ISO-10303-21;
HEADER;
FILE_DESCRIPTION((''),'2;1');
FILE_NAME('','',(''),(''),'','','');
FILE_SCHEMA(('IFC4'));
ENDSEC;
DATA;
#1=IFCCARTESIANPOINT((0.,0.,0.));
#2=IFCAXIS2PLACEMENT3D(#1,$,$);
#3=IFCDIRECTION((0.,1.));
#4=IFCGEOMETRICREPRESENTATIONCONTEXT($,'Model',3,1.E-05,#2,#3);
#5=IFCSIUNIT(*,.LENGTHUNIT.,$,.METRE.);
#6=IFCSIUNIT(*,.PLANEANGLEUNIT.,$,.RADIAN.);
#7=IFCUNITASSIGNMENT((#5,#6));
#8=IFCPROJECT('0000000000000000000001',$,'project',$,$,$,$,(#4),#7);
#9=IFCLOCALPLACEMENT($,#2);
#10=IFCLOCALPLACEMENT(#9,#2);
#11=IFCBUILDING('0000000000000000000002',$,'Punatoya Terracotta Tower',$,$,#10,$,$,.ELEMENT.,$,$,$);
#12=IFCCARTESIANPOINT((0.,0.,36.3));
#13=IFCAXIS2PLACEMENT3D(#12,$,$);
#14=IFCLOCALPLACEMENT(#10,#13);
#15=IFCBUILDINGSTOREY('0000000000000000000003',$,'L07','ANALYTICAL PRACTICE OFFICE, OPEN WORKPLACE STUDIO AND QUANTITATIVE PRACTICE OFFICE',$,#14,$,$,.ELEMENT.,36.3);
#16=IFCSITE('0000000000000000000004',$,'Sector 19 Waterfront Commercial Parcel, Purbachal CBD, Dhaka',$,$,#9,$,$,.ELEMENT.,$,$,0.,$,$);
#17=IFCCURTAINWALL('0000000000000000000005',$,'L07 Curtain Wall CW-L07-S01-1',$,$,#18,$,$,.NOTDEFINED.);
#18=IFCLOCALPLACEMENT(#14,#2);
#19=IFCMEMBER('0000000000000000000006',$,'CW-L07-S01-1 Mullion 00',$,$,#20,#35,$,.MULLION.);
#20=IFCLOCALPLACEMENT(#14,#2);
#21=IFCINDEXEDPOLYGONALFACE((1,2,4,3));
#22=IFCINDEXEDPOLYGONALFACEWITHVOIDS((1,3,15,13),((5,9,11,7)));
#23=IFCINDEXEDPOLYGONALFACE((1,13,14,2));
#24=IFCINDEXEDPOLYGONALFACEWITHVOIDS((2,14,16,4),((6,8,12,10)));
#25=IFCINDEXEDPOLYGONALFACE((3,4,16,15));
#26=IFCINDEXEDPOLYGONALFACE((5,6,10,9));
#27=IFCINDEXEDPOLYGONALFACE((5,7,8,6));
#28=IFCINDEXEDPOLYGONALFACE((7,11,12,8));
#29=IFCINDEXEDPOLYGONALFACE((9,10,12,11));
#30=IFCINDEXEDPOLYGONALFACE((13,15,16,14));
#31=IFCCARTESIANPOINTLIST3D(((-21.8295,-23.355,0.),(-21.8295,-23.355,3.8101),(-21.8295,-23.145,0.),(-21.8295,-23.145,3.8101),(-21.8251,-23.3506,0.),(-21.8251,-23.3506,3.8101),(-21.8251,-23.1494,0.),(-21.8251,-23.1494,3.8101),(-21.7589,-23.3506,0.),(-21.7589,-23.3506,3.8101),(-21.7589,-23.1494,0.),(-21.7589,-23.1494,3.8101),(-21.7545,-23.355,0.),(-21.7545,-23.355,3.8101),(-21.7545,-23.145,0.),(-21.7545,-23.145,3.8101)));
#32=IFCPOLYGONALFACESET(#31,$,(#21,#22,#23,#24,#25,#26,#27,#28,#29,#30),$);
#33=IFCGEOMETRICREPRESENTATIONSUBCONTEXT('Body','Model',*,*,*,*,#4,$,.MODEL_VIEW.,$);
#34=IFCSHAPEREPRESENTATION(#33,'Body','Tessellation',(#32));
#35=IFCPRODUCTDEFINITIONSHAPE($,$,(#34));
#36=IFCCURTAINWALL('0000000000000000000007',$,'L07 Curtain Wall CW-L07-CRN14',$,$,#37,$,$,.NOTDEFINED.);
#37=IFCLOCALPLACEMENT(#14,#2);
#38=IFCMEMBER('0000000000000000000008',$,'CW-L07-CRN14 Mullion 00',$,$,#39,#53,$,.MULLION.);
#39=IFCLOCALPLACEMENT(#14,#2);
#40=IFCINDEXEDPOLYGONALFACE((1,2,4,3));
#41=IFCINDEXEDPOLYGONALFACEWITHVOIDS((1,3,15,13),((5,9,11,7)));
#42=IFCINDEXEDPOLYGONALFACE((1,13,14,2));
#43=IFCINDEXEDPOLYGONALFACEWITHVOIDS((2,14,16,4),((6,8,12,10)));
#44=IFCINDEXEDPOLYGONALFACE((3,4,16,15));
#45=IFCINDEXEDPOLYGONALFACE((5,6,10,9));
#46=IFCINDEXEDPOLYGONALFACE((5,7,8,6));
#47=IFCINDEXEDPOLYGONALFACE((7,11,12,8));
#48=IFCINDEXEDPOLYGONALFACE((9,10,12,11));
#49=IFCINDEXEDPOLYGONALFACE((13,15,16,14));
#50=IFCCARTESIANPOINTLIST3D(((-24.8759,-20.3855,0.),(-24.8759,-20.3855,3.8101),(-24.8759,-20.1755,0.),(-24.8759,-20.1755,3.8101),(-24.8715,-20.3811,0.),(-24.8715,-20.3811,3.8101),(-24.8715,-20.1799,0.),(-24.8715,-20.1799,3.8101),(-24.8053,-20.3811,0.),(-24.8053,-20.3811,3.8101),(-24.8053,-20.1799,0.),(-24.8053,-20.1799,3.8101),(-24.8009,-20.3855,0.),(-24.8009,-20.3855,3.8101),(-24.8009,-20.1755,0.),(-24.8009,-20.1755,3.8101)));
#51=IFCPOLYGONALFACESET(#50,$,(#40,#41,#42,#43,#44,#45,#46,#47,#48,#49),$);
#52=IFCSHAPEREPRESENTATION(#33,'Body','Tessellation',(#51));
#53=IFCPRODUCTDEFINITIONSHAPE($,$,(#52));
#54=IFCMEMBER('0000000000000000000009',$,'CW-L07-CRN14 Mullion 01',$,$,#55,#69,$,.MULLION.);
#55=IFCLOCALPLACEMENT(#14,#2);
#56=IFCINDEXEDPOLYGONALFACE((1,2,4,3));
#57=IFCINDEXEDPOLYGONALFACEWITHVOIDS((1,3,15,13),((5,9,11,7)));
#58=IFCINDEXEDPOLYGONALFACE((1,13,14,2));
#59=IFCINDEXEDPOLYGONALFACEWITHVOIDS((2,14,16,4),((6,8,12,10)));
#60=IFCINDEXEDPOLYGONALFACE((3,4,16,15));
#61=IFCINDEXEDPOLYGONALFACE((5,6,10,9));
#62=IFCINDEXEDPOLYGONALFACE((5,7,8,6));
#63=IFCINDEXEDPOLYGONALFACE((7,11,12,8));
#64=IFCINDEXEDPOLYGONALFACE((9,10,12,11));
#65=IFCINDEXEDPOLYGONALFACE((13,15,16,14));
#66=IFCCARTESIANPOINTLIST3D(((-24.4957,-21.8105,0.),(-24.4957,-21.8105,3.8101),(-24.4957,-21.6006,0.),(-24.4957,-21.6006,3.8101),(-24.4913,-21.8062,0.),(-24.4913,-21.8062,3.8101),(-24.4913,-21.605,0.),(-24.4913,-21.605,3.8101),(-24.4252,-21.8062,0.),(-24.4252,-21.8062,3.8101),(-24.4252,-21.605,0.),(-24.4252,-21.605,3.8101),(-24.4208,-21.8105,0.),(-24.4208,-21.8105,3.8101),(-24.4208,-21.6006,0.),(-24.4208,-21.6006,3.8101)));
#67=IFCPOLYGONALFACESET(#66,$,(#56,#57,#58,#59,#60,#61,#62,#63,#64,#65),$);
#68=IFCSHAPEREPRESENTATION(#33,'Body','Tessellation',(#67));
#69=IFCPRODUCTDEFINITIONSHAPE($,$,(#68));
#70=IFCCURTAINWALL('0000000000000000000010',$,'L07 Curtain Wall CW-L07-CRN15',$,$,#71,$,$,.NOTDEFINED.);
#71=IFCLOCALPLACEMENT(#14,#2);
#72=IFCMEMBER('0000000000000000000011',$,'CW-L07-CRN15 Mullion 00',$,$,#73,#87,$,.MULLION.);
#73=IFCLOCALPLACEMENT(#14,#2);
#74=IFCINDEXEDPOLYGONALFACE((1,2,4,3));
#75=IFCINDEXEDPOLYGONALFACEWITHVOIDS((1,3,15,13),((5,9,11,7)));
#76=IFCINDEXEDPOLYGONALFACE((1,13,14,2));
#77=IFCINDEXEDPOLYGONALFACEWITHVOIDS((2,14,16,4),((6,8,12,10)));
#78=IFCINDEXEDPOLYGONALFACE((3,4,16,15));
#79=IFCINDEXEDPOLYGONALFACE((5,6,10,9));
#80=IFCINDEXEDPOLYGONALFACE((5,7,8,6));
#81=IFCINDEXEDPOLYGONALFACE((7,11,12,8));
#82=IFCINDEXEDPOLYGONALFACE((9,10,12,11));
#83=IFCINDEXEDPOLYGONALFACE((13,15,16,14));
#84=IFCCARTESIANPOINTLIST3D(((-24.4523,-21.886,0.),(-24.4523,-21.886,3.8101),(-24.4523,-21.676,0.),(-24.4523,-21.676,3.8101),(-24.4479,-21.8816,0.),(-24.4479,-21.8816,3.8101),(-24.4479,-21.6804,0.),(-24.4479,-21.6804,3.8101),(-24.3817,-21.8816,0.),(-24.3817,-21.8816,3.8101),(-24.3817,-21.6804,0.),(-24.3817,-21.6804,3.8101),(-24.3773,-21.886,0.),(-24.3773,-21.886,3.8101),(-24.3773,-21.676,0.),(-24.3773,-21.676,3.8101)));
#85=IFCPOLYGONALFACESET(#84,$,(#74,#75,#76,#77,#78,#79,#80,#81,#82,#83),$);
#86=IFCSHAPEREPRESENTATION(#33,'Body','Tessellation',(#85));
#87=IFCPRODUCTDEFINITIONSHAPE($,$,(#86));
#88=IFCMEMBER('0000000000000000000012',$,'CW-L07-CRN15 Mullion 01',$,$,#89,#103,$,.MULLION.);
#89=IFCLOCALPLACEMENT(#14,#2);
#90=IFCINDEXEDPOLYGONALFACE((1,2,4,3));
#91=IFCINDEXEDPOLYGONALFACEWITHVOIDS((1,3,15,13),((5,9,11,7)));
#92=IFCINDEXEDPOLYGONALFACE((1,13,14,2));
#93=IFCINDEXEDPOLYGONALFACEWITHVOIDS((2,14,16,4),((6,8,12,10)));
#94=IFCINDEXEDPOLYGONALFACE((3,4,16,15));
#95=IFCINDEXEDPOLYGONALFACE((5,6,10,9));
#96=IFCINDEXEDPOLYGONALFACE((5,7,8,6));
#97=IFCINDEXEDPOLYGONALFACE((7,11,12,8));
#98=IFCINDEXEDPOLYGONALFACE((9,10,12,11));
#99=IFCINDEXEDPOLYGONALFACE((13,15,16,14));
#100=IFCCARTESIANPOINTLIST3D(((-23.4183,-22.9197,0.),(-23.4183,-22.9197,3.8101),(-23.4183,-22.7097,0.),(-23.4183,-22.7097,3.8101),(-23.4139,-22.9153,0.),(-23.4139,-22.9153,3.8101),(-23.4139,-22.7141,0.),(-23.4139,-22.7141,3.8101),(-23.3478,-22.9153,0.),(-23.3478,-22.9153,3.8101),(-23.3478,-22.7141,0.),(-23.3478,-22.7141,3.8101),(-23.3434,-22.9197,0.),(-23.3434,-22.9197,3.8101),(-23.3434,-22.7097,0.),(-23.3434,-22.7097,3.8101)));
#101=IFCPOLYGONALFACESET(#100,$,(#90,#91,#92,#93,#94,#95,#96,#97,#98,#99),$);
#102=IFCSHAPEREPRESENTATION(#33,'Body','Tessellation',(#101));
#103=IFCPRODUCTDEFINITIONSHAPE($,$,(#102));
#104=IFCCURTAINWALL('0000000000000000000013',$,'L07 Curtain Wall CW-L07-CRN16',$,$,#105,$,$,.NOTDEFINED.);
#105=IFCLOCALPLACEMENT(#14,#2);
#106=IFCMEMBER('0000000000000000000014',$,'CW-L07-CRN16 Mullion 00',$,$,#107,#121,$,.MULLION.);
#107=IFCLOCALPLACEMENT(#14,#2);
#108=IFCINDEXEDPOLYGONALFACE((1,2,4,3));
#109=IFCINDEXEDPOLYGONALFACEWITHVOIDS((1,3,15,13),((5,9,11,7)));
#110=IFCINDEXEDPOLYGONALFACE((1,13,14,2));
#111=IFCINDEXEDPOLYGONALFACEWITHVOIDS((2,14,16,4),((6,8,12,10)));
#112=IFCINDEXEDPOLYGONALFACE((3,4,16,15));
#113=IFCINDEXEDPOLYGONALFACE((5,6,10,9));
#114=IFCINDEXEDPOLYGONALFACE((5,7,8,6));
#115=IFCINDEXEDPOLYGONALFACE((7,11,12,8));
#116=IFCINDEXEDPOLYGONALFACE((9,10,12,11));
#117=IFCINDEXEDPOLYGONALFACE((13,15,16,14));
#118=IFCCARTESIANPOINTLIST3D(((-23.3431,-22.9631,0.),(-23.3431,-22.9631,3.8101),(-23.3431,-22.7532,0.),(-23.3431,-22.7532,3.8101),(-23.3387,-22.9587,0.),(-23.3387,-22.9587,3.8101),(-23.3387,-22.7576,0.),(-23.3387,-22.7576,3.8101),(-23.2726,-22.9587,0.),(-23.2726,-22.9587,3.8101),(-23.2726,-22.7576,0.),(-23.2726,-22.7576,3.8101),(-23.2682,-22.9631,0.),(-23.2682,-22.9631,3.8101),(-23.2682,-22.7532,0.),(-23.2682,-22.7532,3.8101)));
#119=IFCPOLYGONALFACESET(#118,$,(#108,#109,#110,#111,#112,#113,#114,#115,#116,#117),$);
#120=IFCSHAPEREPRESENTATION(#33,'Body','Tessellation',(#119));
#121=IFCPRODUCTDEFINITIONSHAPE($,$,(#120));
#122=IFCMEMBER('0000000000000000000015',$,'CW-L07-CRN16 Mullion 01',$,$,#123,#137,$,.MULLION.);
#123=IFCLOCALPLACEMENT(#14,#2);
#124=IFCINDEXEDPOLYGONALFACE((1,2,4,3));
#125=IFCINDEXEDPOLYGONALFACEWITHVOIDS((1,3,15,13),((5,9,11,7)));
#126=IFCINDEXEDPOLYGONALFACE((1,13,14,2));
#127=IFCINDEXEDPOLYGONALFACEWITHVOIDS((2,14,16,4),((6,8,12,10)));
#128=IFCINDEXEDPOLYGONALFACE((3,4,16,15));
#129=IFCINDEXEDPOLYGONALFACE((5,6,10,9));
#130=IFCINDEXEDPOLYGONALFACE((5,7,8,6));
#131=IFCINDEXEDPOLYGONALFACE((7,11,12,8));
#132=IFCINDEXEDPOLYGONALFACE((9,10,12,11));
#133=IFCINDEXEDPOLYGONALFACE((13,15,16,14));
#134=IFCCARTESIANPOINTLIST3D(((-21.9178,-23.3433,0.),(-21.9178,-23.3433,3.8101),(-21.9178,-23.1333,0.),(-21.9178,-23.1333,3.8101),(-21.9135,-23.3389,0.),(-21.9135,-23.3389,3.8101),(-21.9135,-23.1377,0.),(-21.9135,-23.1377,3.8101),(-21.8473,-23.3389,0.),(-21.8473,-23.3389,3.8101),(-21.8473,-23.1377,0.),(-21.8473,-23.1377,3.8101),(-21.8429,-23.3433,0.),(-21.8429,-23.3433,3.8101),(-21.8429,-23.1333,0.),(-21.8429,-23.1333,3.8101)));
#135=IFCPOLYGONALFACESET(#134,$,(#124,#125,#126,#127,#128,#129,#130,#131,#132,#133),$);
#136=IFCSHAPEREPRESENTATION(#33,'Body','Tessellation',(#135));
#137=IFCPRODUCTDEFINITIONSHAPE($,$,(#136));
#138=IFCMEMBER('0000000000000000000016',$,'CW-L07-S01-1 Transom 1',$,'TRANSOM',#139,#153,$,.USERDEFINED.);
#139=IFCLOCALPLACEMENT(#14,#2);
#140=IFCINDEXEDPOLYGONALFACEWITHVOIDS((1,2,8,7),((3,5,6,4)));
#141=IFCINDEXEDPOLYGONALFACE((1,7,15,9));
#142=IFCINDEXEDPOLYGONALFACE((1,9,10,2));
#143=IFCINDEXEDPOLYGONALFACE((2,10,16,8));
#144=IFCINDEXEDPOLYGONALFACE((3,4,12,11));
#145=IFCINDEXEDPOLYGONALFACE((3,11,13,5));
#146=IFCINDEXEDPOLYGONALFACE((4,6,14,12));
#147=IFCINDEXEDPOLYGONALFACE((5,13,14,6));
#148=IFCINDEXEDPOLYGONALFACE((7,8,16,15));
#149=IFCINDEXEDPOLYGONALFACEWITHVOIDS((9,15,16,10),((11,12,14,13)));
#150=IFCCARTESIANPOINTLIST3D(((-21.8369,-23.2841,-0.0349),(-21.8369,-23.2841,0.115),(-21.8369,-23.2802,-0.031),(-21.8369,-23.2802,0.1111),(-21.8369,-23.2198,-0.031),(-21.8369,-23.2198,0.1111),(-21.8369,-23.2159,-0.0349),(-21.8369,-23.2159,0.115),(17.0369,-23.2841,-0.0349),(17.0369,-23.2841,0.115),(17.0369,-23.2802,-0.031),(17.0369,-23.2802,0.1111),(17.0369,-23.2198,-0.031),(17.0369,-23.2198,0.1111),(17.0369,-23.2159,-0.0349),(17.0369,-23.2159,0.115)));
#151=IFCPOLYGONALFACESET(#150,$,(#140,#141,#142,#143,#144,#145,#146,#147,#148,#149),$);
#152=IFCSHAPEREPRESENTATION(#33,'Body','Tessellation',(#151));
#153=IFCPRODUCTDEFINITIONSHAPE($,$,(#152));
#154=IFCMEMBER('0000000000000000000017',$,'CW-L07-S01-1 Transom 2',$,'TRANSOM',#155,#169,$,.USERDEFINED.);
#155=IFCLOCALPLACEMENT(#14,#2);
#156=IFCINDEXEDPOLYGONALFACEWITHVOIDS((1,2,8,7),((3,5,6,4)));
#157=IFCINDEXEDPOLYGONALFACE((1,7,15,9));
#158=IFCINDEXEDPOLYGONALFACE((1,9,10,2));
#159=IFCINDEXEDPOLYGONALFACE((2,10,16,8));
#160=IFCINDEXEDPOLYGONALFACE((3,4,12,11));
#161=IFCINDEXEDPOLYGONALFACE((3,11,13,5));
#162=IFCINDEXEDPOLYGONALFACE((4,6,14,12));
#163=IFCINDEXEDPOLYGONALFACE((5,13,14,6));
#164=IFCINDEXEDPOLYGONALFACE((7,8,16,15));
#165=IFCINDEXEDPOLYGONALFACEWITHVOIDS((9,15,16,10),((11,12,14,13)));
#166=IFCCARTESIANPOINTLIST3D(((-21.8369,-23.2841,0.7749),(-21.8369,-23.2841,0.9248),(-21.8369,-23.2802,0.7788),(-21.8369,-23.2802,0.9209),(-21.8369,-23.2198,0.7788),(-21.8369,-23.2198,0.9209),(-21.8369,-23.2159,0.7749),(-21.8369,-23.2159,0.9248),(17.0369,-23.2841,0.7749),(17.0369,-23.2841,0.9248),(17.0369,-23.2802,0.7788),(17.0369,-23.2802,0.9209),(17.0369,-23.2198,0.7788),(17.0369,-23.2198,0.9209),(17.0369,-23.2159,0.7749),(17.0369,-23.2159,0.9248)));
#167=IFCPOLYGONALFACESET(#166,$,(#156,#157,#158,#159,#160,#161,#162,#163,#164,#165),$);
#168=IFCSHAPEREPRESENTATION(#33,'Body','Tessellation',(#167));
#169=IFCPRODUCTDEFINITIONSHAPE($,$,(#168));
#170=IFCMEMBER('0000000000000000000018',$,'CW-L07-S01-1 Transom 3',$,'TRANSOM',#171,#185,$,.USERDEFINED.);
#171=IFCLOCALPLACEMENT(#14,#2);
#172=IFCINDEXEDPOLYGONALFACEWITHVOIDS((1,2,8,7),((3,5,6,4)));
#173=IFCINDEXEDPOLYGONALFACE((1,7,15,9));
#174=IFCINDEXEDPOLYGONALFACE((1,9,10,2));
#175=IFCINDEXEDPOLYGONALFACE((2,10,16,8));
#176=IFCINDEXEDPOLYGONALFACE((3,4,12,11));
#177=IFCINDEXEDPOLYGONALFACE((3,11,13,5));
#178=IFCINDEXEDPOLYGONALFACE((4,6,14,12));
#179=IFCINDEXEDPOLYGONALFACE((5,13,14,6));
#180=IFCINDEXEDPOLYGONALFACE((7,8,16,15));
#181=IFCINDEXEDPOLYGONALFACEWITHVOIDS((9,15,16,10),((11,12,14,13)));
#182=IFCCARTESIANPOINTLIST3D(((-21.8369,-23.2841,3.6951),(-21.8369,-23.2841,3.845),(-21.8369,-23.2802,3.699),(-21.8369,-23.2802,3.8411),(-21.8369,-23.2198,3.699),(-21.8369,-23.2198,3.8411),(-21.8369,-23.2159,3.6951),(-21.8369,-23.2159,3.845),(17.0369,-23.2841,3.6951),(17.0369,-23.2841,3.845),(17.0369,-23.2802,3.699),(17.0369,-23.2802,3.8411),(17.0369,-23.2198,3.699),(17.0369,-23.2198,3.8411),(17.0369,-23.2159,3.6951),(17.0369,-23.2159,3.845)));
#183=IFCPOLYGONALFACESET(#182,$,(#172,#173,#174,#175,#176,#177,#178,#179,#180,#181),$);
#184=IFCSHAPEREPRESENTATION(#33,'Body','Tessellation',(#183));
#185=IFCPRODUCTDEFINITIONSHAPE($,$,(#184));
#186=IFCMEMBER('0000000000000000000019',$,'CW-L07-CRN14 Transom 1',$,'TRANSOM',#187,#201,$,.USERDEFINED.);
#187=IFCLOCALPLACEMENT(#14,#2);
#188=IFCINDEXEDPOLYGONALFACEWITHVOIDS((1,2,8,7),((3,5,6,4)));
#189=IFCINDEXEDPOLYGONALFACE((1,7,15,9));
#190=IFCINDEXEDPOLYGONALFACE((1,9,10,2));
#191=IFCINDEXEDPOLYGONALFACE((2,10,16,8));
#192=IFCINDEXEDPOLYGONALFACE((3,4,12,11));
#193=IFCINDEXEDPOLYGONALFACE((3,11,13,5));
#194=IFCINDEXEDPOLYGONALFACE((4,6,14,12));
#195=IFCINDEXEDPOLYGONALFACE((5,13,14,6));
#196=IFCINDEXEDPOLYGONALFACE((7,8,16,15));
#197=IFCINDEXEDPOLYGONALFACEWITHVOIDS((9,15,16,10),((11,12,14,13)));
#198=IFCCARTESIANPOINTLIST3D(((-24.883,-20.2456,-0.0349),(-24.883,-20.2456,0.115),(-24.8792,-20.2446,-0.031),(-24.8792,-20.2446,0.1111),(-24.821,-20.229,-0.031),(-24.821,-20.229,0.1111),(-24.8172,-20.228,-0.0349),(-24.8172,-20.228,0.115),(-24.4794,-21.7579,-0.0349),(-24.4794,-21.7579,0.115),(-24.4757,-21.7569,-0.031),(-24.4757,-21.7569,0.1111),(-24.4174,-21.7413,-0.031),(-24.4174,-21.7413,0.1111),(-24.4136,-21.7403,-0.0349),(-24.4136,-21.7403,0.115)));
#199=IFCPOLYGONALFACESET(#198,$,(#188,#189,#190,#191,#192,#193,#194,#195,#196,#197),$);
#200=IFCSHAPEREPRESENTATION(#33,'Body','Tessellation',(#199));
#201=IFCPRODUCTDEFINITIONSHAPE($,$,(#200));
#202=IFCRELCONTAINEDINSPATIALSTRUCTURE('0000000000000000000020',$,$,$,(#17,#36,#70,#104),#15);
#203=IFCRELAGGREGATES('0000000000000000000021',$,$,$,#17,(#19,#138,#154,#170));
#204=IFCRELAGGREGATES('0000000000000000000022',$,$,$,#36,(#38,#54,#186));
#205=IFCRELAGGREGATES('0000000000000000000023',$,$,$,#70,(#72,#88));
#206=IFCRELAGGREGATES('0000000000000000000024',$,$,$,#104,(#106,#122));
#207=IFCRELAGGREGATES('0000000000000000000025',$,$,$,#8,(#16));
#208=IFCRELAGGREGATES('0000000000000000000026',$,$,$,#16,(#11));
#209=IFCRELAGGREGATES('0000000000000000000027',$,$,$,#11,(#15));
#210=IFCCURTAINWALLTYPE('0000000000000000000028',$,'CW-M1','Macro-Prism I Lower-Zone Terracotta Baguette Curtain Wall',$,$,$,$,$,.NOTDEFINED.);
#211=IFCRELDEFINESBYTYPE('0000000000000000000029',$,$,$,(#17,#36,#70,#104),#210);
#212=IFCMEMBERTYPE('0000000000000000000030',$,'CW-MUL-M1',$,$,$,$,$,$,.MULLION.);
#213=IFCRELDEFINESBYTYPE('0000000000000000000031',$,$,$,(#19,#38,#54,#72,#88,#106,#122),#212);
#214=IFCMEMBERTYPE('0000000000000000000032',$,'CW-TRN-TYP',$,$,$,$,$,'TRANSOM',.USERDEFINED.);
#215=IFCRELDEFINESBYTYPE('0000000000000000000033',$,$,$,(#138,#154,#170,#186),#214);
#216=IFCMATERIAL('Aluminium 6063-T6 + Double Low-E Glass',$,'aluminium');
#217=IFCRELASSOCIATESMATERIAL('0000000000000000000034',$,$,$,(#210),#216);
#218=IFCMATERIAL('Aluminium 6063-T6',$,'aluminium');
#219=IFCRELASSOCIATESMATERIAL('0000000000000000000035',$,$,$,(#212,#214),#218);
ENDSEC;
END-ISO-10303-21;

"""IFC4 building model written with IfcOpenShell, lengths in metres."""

from ifc_helpers import new_model, si_unit, direction, frame, origin, origin_2d, place, context, subcontext, project, spatial, hollow_rectangle, extrude, material, material_profile, profile_set, type_object, element, aggregate, save


model = new_model("IFC4")

# Units and contexts
model_context = context("Model", 3, precision=1e-05, world=origin(), true_north=direction((0.0, 1.0)))
body_context = subcontext(model_context, "Body", "Model", "MODEL_VIEW")
ifc_project = project(units=[si_unit("LENGTHUNIT", "METRE"), si_unit("PLANEANGLEUNIT", "RADIAN")], contexts=[model_context])

# Site, building, storey
site_placement = place(None, origin())
site = spatial("IfcSite", under=ifc_project, at=site_placement, Name="Sector 19 Waterfront Commercial Parcel, Purbachal CBD, Dhaka", CompositionType="ELEMENT", RefElevation=0.0)
building_placement = place(site_placement, origin())
building = spatial("IfcBuilding", under=site, at=building_placement, Name="Punatoya Terracotta Tower", CompositionType="ELEMENT")
storey_placement = place(building_placement, frame((0.0, 0.0, 36.3)))
storey = spatial("IfcBuildingStorey", under=building, at=storey_placement, Name="L07", Description="ANALYTICAL PRACTICE OFFICE, OPEN WORKPLACE STUDIO AND QUANTITATIVE PRACTICE OFFICE", CompositionType="ELEMENT", Elevation=36.3)

# Curtain wall, member
ifc_material_1 = material(Name="Aluminium 6063-T6 + Double Low-E Glass", Category="aluminium")
curtain_wall_type = type_object("IfcCurtainWallType", Name="CW-M1", Description="Macro-Prism I Lower-Zone Terracotta Baguette Curtain Wall", PredefinedType="NOTDEFINED", material=ifc_material_1)
curtain_wall_1_placement = place(storey_placement, origin())
curtain_wall_1 = element("IfcCurtainWall", 1, at=curtain_wall_1_placement, inside=storey, type_object=curtain_wall_type, Name="L07 Curtain Wall CW-L07-S01-1", PredefinedType="NOTDEFINED")
ifc_material_2 = material(Name="Aluminium 6063-T6", Category="aluminium")
ifc_material_profile_1 = material_profile(ifc_material_2, hollow_rectangle(XDim=0.075, YDim=0.21, WallThickness=0.0044, at=origin_2d()))
ifc_profile_set_1 = profile_set([ifc_material_profile_1], Name="Aluminium 6063-T6")
member_type_1 = type_object("IfcMemberType", Name="CW-MUL-M1", PredefinedType="MULLION", material=ifc_profile_set_1)
member_1_placement = place(storey_placement, frame((-21.792, -23.25, 0.0), z_axis=(0.0, 0.0, 1.0), x_axis=(1.0, 0.0, 0.0)))
member_1 = element("IfcMember", 2, at=member_1_placement, type_object=member_type_1, Name="CW-L07-S01-1 Mullion 00", PredefinedType="MULLION", context=body_context, shape_type="SweptSolid", body=[
    extrude(hollow_rectangle(XDim=0.075, YDim=0.21, WallThickness=0.0044, at=origin_2d()), origin(), (0.0, 0.0, 1.0), 3.8101),
])

# Curtain walls, members
curtain_wall_2_placement = place(storey_placement, origin())
curtain_wall_2 = element("IfcCurtainWall", 3, at=curtain_wall_2_placement, inside=storey, type_object=curtain_wall_type, Name="L07 Curtain Wall CW-L07-CRN14", PredefinedType="NOTDEFINED")
member_2_placement = place(storey_placement, frame((-24.8384, -20.2805, 0.0), z_axis=(0.0, 0.0, 1.0), x_axis=(1.0, 0.0, 0.0)))
member_2 = element("IfcMember", 4, at=member_2_placement, type_object=member_type_1, Name="CW-L07-CRN14 Mullion 00", PredefinedType="MULLION", context=body_context, shape_type="SweptSolid", body=[
    extrude(hollow_rectangle(XDim=0.075, YDim=0.21, WallThickness=0.0044, at=origin_2d()), origin(), (0.0, 0.0, 1.0), 3.8101),
])
member_3_placement = place(storey_placement, frame((-24.4583, -21.7056, 0.0), z_axis=(0.0, 0.0, 1.0), x_axis=(1.0, 0.0, 0.0)))
member_3 = element("IfcMember", 5, at=member_3_placement, type_object=member_type_1, Name="CW-L07-CRN14 Mullion 01", PredefinedType="MULLION", context=body_context, shape_type="SweptSolid", body=[
    extrude(hollow_rectangle(XDim=0.075, YDim=0.21, WallThickness=0.0044, at=origin_2d()), origin(), (0.0, 0.0, 1.0), 3.8101),
])
curtain_wall_3_placement = place(storey_placement, origin())
curtain_wall_3 = element("IfcCurtainWall", 6, at=curtain_wall_3_placement, inside=storey, type_object=curtain_wall_type, Name="L07 Curtain Wall CW-L07-CRN15", PredefinedType="NOTDEFINED")
member_4_placement = place(storey_placement, frame((-24.4148, -21.781, 0.0), z_axis=(0.0, 0.0, 1.0), x_axis=(1.0, 0.0, 0.0)))
member_4 = element("IfcMember", 7, at=member_4_placement, type_object=member_type_1, Name="CW-L07-CRN15 Mullion 00", PredefinedType="MULLION", context=body_context, shape_type="SweptSolid", body=[
    extrude(hollow_rectangle(XDim=0.075, YDim=0.21, WallThickness=0.0044, at=origin_2d()), origin(), (0.0, 0.0, 1.0), 3.8101),
])
member_5_placement = place(storey_placement, frame((-23.3809, -22.8147, 0.0), z_axis=(0.0, 0.0, 1.0), x_axis=(1.0, 0.0, 0.0)))
member_5 = element("IfcMember", 8, at=member_5_placement, type_object=member_type_1, Name="CW-L07-CRN15 Mullion 01", PredefinedType="MULLION", context=body_context, shape_type="SweptSolid", body=[
    extrude(hollow_rectangle(XDim=0.075, YDim=0.21, WallThickness=0.0044, at=origin_2d()), origin(), (0.0, 0.0, 1.0), 3.8101),
])
curtain_wall_4_placement = place(storey_placement, origin())
curtain_wall_4 = element("IfcCurtainWall", 9, at=curtain_wall_4_placement, inside=storey, type_object=curtain_wall_type, Name="L07 Curtain Wall CW-L07-CRN16", PredefinedType="NOTDEFINED")
member_6_placement = place(storey_placement, frame((-23.3057, -22.8582, 0.0), z_axis=(0.0, 0.0, 1.0), x_axis=(1.0, 0.0, 0.0)))
member_6 = element("IfcMember", 10, at=member_6_placement, type_object=member_type_1, Name="CW-L07-CRN16 Mullion 00", PredefinedType="MULLION", context=body_context, shape_type="SweptSolid", body=[
    extrude(hollow_rectangle(XDim=0.075, YDim=0.21, WallThickness=0.0044, at=origin_2d()), origin(), (0.0, 0.0, 1.0), 3.8101),
])
member_7_placement = place(storey_placement, frame((-21.8804, -23.2383, 0.0), z_axis=(0.0, 0.0, 1.0), x_axis=(1.0, 0.0, 0.0)))
member_7 = element("IfcMember", 11, at=member_7_placement, type_object=member_type_1, Name="CW-L07-CRN16 Mullion 01", PredefinedType="MULLION", context=body_context, shape_type="SweptSolid", body=[
    extrude(hollow_rectangle(XDim=0.075, YDim=0.21, WallThickness=0.0044, at=origin_2d()), origin(), (0.0, 0.0, 1.0), 3.8101),
])

# Members
ifc_material_profile_2 = material_profile(ifc_material_2, hollow_rectangle(XDim=0.0681, YDim=0.1499, WallThickness=0.0039, at=origin_2d()))
ifc_profile_set_2 = profile_set([ifc_material_profile_2], Name="Aluminium 6063-T6")
member_type_2 = type_object("IfcMemberType", Name="CW-TRN-TYP", ElementType="TRANSOM", PredefinedType="USERDEFINED", material=ifc_profile_set_2)
member_8_placement = place(storey_placement, frame((-21.8369, -23.25, 0.04), z_axis=(1.0, 0.0, 0.0), x_axis=(0.0, 1.0, 0.0)))
member_8 = element("IfcMember", 12, at=member_8_placement, type_object=member_type_2, Name="CW-L07-S01-1 Transom 1", ObjectType="TRANSOM", PredefinedType="USERDEFINED", context=body_context, shape_type="SweptSolid", body=[
    extrude(hollow_rectangle(XDim=0.0681, YDim=0.1499, WallThickness=0.0039, at=origin_2d()), origin(), (0.0, 0.0, 1.0), 38.8738),
])
member_9_placement = place(storey_placement, frame((-21.8369, -23.25, 0.8499), z_axis=(1.0, 0.0, 0.0), x_axis=(0.0, 1.0, 0.0)))
member_9 = element("IfcMember", 13, at=member_9_placement, type_object=member_type_2, Name="CW-L07-S01-1 Transom 2", ObjectType="TRANSOM", PredefinedType="USERDEFINED", context=body_context, shape_type="SweptSolid", body=[
    extrude(hollow_rectangle(XDim=0.0681, YDim=0.1499, WallThickness=0.0039, at=origin_2d()), origin(), (0.0, 0.0, 1.0), 38.8738),
])
member_10_placement = place(storey_placement, frame((-21.8369, -23.25, 3.77), z_axis=(1.0, 0.0, 0.0), x_axis=(0.0, 1.0, 0.0)))
member_10 = element("IfcMember", 14, at=member_10_placement, type_object=member_type_2, Name="CW-L07-S01-1 Transom 3", ObjectType="TRANSOM", PredefinedType="USERDEFINED", context=body_context, shape_type="SweptSolid", body=[
    extrude(hollow_rectangle(XDim=0.0681, YDim=0.1499, WallThickness=0.0039, at=origin_2d()), origin(), (0.0, 0.0, 1.0), 38.8738),
])
member_11_placement = place(storey_placement, frame((-24.8501, -20.2368, 0.04), z_axis=(0.257847, -0.966186, 0.0), x_axis=(0.966186, 0.257847, 0.0)))
member_11 = element("IfcMember", 15, at=member_11_placement, type_object=member_type_2, Name="CW-L07-CRN14 Transom 1", ObjectType="TRANSOM", PredefinedType="USERDEFINED", context=body_context, shape_type="SweptSolid", body=[
    extrude(hollow_rectangle(XDim=0.0681, YDim=0.1499, WallThickness=0.0039, at=origin_2d()), origin(), (0.0, 0.0, 1.0), 1.5652),
])

aggregate(curtain_wall_1, [member_1, member_8, member_9, member_10])
aggregate(curtain_wall_2, [member_2, member_3, member_11])
aggregate(curtain_wall_3, [member_4, member_5])
aggregate(curtain_wall_4, [member_6, member_7])

save(model, "model.ifc")
